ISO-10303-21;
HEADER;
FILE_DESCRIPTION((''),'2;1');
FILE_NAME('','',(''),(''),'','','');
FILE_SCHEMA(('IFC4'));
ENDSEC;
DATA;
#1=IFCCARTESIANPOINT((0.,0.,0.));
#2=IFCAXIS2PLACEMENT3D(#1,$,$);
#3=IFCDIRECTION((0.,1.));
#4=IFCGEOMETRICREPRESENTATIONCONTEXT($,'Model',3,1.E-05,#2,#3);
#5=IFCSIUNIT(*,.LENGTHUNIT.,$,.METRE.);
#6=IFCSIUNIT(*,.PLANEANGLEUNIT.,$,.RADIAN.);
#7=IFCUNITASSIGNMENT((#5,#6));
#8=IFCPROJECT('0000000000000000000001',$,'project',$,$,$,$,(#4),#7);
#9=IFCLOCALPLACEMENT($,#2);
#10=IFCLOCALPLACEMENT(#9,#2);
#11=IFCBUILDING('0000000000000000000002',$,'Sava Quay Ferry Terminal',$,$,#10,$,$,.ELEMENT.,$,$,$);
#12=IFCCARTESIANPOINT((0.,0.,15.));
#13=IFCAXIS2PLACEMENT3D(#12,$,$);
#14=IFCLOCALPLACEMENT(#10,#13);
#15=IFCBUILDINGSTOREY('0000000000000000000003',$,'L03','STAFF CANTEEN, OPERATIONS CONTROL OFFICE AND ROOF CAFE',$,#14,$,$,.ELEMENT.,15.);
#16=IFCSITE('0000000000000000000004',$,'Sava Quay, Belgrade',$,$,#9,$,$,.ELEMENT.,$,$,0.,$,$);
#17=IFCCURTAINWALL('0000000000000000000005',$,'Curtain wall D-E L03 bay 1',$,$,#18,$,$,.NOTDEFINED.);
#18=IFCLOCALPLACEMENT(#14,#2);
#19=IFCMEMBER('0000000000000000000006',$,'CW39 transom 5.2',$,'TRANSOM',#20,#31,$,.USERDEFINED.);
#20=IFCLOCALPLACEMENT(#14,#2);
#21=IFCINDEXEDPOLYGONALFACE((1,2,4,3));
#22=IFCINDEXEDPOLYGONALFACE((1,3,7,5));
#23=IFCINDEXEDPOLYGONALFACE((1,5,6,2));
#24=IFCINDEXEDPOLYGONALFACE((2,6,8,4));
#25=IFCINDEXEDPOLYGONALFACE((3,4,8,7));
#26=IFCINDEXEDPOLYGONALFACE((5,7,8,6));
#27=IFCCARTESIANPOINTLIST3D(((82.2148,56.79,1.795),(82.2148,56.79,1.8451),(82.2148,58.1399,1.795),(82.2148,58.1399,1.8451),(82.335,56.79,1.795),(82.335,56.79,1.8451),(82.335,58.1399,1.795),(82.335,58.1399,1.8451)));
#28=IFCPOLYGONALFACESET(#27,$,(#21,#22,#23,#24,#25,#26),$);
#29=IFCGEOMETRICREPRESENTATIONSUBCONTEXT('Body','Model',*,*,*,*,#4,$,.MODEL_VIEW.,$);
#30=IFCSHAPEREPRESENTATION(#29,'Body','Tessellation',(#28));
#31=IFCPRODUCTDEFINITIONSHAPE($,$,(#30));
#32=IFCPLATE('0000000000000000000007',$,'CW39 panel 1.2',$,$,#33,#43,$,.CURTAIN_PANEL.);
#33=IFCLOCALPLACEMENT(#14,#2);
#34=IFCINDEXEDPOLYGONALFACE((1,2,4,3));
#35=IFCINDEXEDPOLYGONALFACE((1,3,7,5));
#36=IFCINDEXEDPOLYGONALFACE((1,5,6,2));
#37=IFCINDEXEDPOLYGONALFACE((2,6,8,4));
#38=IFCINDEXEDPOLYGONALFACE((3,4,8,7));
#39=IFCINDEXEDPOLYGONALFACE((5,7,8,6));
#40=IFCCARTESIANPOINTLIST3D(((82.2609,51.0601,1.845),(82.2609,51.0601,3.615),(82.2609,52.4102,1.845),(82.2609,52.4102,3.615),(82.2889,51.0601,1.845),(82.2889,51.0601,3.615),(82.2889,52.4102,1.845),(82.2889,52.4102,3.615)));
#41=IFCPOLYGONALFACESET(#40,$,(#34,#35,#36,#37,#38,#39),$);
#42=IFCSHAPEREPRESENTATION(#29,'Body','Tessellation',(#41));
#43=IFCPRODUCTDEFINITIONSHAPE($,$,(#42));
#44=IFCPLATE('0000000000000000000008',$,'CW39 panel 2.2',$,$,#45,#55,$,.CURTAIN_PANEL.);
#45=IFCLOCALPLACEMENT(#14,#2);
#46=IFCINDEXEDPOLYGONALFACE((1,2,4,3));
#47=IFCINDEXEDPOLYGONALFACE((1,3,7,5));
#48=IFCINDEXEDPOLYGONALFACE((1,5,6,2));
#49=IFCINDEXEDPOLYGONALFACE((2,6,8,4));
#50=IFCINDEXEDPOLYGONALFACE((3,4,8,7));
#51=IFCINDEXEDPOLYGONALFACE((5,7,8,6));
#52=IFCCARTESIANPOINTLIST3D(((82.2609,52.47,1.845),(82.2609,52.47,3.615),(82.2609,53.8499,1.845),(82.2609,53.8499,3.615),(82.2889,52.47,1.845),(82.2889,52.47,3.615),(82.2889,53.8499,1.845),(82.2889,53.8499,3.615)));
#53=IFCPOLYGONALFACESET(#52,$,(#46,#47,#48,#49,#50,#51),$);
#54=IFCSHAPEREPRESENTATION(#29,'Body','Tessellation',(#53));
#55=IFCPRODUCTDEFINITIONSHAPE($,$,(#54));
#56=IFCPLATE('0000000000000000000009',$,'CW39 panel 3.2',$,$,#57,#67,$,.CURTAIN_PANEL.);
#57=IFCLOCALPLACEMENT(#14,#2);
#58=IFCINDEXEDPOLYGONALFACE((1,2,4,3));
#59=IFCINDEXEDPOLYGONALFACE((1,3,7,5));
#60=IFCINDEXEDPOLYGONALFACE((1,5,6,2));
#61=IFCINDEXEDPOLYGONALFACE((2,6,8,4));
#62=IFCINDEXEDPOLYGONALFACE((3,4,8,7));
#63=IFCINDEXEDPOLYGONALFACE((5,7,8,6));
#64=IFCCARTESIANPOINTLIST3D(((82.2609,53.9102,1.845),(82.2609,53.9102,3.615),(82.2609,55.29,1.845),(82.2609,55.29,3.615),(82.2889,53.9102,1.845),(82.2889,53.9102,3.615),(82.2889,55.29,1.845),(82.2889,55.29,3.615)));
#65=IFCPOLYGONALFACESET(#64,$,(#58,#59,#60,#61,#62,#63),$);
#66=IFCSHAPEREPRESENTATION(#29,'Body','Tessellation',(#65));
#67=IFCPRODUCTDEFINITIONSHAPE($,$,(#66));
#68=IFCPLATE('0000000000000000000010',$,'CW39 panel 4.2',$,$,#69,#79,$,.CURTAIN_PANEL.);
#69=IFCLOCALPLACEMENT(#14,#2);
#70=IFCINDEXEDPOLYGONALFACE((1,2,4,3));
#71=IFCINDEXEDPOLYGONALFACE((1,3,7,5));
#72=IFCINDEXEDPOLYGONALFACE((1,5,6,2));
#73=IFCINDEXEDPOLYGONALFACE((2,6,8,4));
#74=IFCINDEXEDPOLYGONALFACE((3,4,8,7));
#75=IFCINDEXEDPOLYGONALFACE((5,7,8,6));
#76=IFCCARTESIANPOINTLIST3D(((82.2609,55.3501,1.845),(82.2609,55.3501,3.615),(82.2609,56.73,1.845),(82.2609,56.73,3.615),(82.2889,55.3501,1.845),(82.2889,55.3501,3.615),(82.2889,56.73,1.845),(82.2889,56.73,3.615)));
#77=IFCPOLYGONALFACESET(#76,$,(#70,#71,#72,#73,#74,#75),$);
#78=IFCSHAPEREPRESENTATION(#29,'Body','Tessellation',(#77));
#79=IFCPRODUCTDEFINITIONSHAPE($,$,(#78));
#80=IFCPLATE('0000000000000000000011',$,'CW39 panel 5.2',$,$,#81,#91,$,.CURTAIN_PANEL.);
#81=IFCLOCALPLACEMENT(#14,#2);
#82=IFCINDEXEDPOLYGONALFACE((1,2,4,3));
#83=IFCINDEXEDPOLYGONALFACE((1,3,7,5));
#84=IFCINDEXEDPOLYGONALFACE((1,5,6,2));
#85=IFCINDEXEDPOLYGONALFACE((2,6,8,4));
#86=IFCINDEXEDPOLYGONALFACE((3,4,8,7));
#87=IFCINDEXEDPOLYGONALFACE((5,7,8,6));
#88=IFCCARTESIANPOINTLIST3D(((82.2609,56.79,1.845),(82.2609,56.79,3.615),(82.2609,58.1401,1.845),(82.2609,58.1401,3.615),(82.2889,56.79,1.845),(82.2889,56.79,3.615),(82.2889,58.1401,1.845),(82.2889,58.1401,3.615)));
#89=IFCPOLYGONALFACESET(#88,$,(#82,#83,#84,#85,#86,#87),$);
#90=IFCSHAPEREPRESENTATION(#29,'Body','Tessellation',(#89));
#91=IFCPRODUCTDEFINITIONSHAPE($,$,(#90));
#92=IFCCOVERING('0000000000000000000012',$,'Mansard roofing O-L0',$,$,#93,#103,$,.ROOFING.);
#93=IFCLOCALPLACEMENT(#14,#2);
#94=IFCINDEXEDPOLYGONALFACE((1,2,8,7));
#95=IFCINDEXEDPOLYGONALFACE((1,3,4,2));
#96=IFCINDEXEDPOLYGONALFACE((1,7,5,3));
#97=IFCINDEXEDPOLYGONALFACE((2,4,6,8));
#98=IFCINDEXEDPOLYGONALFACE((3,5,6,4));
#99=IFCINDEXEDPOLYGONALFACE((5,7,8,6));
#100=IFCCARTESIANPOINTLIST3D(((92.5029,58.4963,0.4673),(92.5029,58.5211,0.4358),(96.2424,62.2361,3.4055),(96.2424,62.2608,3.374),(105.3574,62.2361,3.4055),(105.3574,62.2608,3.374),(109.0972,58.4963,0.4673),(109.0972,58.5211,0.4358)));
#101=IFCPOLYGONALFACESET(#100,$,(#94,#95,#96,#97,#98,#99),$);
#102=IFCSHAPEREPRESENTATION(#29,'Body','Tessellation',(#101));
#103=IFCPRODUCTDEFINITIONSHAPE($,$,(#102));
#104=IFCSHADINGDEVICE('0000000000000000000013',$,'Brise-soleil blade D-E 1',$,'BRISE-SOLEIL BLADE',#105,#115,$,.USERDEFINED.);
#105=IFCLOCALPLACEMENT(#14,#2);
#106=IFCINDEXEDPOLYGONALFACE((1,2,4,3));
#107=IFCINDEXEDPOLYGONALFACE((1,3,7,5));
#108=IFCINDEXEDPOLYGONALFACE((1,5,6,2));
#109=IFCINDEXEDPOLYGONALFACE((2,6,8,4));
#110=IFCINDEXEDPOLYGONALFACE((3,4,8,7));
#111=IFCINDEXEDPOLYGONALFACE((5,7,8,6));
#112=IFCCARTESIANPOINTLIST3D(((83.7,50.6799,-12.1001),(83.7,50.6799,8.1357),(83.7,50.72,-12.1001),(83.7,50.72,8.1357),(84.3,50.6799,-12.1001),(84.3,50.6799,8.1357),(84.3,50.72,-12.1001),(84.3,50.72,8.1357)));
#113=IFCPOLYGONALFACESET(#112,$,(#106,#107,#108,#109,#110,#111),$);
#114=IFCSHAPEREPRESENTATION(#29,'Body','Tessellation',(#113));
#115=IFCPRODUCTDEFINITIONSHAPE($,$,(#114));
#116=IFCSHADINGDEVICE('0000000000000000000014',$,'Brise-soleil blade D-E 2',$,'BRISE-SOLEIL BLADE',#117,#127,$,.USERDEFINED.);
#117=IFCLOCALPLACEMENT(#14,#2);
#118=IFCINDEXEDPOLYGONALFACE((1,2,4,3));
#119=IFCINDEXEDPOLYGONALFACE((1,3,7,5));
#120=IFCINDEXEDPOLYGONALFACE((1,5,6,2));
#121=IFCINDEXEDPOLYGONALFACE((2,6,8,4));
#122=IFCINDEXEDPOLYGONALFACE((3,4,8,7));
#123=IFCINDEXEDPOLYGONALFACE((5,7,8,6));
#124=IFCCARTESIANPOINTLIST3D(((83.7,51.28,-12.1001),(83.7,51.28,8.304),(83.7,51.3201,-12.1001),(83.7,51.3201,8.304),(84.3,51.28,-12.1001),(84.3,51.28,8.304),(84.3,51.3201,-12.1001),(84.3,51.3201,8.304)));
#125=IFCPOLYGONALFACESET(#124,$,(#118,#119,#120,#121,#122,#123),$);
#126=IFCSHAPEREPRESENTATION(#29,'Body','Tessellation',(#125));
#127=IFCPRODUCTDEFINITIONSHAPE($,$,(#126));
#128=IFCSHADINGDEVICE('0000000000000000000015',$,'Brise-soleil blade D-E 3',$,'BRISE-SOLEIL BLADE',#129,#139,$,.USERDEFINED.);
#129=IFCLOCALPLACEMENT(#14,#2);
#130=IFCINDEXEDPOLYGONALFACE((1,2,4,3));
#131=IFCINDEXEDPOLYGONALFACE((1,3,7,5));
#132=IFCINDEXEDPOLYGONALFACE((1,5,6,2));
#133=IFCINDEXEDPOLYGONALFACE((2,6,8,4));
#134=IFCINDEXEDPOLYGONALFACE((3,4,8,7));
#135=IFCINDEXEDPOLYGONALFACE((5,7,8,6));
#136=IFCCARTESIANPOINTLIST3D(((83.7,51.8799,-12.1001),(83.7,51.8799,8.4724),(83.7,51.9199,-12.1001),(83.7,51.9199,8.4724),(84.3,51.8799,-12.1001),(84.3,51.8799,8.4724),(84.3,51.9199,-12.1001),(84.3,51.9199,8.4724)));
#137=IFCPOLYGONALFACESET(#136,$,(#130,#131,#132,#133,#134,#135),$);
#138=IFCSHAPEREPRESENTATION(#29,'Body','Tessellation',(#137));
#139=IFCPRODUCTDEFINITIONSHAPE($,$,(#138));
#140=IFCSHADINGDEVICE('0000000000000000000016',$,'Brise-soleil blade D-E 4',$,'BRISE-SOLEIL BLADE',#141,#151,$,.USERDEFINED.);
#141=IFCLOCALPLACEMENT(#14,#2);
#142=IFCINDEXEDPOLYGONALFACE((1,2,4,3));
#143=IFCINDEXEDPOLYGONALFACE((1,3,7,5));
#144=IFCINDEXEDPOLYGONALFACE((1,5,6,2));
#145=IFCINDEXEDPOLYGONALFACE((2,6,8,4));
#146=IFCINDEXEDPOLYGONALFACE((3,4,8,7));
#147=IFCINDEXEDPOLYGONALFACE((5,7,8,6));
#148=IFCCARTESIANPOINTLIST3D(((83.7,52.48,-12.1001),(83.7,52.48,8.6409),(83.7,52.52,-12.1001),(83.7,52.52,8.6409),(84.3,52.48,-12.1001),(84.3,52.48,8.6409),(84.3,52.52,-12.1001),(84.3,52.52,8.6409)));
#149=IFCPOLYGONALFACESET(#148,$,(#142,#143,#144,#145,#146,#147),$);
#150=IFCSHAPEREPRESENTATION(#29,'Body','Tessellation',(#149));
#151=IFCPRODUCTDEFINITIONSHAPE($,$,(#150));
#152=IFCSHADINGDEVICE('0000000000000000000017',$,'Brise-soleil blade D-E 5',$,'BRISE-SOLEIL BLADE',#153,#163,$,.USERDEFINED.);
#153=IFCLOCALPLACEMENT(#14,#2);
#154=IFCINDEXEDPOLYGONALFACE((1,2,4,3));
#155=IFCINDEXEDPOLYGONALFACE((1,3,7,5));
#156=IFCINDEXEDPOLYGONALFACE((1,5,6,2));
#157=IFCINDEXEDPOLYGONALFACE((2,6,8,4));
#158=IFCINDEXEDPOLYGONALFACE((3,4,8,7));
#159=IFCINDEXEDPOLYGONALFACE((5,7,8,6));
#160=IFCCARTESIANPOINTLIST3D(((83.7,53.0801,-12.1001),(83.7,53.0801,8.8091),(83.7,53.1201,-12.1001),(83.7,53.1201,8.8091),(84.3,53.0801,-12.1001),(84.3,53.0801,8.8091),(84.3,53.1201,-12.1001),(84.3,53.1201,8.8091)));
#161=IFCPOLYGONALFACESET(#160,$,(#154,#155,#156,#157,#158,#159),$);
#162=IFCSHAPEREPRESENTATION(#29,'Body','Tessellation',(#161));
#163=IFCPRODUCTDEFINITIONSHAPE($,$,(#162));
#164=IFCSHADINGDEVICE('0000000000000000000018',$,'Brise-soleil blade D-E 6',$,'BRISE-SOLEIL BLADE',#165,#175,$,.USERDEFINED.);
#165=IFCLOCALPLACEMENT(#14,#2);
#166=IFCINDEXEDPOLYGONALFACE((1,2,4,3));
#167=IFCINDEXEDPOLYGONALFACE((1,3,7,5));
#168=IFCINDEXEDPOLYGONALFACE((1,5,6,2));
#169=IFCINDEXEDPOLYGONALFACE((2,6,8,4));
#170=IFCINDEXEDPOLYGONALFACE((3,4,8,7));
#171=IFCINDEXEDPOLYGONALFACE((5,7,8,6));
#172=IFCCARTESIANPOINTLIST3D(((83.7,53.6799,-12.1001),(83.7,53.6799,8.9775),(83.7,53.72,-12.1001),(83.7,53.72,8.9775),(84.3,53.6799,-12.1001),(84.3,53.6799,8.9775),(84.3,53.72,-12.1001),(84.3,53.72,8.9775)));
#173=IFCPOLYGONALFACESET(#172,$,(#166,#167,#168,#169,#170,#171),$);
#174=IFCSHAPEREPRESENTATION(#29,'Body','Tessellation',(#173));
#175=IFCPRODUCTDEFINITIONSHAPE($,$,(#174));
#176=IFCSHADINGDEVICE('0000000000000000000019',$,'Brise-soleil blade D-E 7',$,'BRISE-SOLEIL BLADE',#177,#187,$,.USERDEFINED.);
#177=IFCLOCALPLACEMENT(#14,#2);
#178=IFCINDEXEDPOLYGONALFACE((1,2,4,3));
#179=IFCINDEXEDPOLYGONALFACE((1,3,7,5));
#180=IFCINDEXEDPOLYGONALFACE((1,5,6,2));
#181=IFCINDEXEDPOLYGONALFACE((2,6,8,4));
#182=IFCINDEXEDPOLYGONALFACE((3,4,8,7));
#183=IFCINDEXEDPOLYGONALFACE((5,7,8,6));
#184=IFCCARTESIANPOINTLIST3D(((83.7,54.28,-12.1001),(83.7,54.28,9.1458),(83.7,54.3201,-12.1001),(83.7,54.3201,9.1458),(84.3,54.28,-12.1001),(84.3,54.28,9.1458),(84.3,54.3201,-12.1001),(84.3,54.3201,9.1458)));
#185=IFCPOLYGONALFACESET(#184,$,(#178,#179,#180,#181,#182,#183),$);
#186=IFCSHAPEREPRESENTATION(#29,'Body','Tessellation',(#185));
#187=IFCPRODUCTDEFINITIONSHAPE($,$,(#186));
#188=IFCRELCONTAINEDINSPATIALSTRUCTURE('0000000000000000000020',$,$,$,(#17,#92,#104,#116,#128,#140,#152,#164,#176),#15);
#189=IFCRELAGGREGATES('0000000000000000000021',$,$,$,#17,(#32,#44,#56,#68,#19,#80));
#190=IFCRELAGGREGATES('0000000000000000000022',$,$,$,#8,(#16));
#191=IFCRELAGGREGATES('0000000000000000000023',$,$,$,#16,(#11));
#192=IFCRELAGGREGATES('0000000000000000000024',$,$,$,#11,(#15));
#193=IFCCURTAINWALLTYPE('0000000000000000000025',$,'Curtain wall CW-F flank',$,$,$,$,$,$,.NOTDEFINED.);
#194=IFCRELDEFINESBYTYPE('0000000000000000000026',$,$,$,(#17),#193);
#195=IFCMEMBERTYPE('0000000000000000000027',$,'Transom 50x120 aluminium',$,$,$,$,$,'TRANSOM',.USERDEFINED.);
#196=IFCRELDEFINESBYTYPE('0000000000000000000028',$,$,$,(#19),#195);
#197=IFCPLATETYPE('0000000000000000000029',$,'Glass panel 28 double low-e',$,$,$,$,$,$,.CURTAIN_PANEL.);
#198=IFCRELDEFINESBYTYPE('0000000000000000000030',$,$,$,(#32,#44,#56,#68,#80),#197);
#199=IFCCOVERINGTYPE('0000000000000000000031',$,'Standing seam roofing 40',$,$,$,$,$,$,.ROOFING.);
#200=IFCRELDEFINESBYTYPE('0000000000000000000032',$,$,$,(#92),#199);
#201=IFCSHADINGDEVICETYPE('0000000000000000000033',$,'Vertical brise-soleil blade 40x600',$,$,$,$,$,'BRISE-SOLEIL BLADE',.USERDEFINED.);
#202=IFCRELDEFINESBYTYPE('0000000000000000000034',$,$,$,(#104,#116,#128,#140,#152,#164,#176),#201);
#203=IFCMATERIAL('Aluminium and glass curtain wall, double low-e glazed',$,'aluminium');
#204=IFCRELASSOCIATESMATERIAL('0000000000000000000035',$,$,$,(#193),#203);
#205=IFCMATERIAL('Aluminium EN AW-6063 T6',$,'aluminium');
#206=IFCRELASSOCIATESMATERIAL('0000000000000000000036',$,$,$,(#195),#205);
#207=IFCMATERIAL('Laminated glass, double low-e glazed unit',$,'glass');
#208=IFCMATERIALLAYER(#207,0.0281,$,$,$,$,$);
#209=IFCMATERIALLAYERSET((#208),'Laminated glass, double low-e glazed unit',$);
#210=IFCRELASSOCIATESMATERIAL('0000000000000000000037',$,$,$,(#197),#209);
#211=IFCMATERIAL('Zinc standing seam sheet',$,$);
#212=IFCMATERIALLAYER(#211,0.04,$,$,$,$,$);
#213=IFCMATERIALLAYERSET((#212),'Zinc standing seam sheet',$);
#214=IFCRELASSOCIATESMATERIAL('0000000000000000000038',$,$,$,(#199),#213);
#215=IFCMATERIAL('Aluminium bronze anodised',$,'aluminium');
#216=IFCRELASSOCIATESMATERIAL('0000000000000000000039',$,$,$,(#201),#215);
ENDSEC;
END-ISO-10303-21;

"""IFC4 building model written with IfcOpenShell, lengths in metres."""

from ifc_helpers import new_model, si_unit, direction, frame, origin, origin_2d, place, context, subcontext, project, spatial, polyline, rectangle, outline, extrude, material, layer, layer_set, material_profile, profile_set, type_object, element, aggregate, save


model = new_model("IFC4")

# Units and contexts
model_context = context("Model", 3, precision=1e-05, world=origin(), true_north=direction((0.0, 1.0)))
body_context = subcontext(model_context, "Body", "Model", "MODEL_VIEW")
ifc_project = project(units=[si_unit("LENGTHUNIT", "METRE"), si_unit("PLANEANGLEUNIT", "RADIAN")], contexts=[model_context])

# Site, building, storey
site_placement = place(None, origin())
site = spatial("IfcSite", under=ifc_project, at=site_placement, Name="Sava Quay, Belgrade", CompositionType="ELEMENT", RefElevation=0.0)
building_placement = place(site_placement, origin())
building = spatial("IfcBuilding", under=site, at=building_placement, Name="Sava Quay Ferry Terminal", CompositionType="ELEMENT")
storey_placement = place(building_placement, frame((0.0, 0.0, 15.0)))
storey = spatial("IfcBuildingStorey", under=building, at=storey_placement, Name="L03", Description="STAFF CANTEEN, OPERATIONS CONTROL OFFICE AND ROOF CAFE", CompositionType="ELEMENT", Elevation=15.0)

# Curtain wall, member, plates
ifc_material_1 = material(Name="Aluminium and glass curtain wall, double low-e glazed", Category="aluminium")
curtain_wall_type = type_object("IfcCurtainWallType", Name="Curtain wall CW-F flank", PredefinedType="NOTDEFINED", material=ifc_material_1)
curtain_wall_placement = place(storey_placement, origin())
curtain_wall = element("IfcCurtainWall", 1, at=curtain_wall_placement, inside=storey, type_object=curtain_wall_type, Name="Curtain wall D-E L03 bay 1", PredefinedType="NOTDEFINED")
ifc_material_2 = material(Name="Aluminium EN AW-6063 T6", Category="aluminium")
ifc_material_profile_1 = material_profile(ifc_material_2, rectangle(XDim=0.1201, YDim=0.05, at=origin_2d()), Name="Transom 50x120 aluminium")
ifc_profile_set_1 = profile_set([ifc_material_profile_1], Name="Aluminium EN AW-6063 T6")
member_type = type_object("IfcMemberType", Name="Transom 50x120 aluminium", ElementType="TRANSOM", PredefinedType="USERDEFINED", material=ifc_profile_set_1)
member_1_placement = place(storey_placement, frame((82.2749, 56.79, 1.8201), z_axis=(0.0, 1.0, 0.0), x_axis=(-1.0, 0.0, 0.0)))
member_1 = element("IfcMember", 2, at=member_1_placement, type_object=member_type, Name="CW39 transom 5.2", ObjectType="TRANSOM", PredefinedType="USERDEFINED", context=body_context, shape_type="SweptSolid", body=[
    extrude(rectangle(XDim=0.1201, YDim=0.05, at=origin_2d()), origin(), (0.0, 0.0, 1.0), 1.3499),
])
ifc_material_3 = material(Name="Laminated glass, double low-e glazed unit", Category="glass")
ifc_layer_1 = layer(ifc_material_3, 0.0281)
ifc_layer_set_1 = layer_set([ifc_layer_1], Name="Laminated glass, double low-e glazed unit")
plate_type = type_object("IfcPlateType", Name="Glass panel 28 double low-e", PredefinedType="CURTAIN_PANEL", material=ifc_layer_set_1)
plate_1_placement = place(storey_placement, frame((82.2749, 51.7351, 1.845), z_axis=(0.0, 0.0, 1.0), x_axis=(0.0, 1.0, 0.0)))
plate_1 = element("IfcPlate", 3, at=plate_1_placement, type_object=plate_type, Name="CW39 panel 1.2", PredefinedType="CURTAIN_PANEL", context=body_context, shape_type="SweptSolid", body=[
    extrude(rectangle(XDim=1.3501, YDim=0.0281, at=origin_2d()), origin(), (0.0, 0.0, 1.0), 1.77),
])
plate_2_placement = place(storey_placement, frame((82.2749, 53.1599, 1.845), z_axis=(0.0, 0.0, 1.0), x_axis=(0.0, 1.0, 0.0)))
plate_2 = element("IfcPlate", 4, at=plate_2_placement, type_object=plate_type, Name="CW39 panel 2.2", PredefinedType="CURTAIN_PANEL", context=body_context, shape_type="SweptSolid", body=[
    extrude(rectangle(XDim=1.3799, YDim=0.0281, at=origin_2d()), origin(), (0.0, 0.0, 1.0), 1.77),
])
plate_3_placement = place(storey_placement, frame((82.2749, 54.6001, 1.845), z_axis=(0.0, 0.0, 1.0), x_axis=(0.0, 1.0, 0.0)))
plate_3 = element("IfcPlate", 5, at=plate_3_placement, type_object=plate_type, Name="CW39 panel 3.2", PredefinedType="CURTAIN_PANEL", context=body_context, shape_type="SweptSolid", body=[
    extrude(rectangle(XDim=1.3799, YDim=0.0281, at=origin_2d()), origin(), (0.0, 0.0, 1.0), 1.77),
])
plate_4_placement = place(storey_placement, frame((82.2749, 56.04, 1.845), z_axis=(0.0, 0.0, 1.0), x_axis=(0.0, 1.0, 0.0)))
plate_4 = element("IfcPlate", 6, at=plate_4_placement, type_object=plate_type, Name="CW39 panel 4.2", PredefinedType="CURTAIN_PANEL", context=body_context, shape_type="SweptSolid", body=[
    extrude(rectangle(XDim=1.3799, YDim=0.0281, at=origin_2d()), origin(), (0.0, 0.0, 1.0), 1.77),
])
plate_5_placement = place(storey_placement, frame((82.2749, 57.4651, 1.845), z_axis=(0.0, 0.0, 1.0), x_axis=(0.0, 1.0, 0.0)))
plate_5 = element("IfcPlate", 7, at=plate_5_placement, type_object=plate_type, Name="CW39 panel 5.2", PredefinedType="CURTAIN_PANEL", context=body_context, shape_type="SweptSolid", body=[
    extrude(rectangle(XDim=1.3501, YDim=0.0281, at=origin_2d()), origin(), (0.0, 0.0, 1.0), 1.77),
])
aggregate(curtain_wall, [plate_1, plate_2, plate_3, plate_4, member_1, plate_5])

# Covering
ifc_material_4 = material(Name="Zinc standing seam sheet")
ifc_layer_2 = layer(ifc_material_4, 0.04)
ifc_layer_set_2 = layer_set([ifc_layer_2], Name="Zinc standing seam sheet")
covering_type = type_object("IfcCoveringType", Name="Standing seam roofing 40", PredefinedType="ROOFING", material=ifc_layer_set_2)
covering_placement = place(storey_placement, frame((92.5029, 58.4963, 0.4673), z_axis=(0.0, -0.617803, 0.786333), x_axis=(0.618097, 0.618137, 0.485656)))
element("IfcCovering", 8, at=covering_placement, inside=storey, type_object=covering_type, Name="Mansard roofing O-L0", PredefinedType="ROOFING", context=body_context, shape_type="SweptSolid", body=[
    extrude(outline(polyline([(0.0, 0.0), (6.05, 0.0), (11.684, -7.1653), (10.2569, -13.0448), (0.0, 0.0)])), origin(), (0.0, 0.0, -1.0), 0.04),
])

# Shading devices
ifc_material_5 = material(Name="Aluminium bronze anodised", Category="aluminium")
ifc_material_profile_2 = material_profile(ifc_material_5, rectangle(XDim=0.04, YDim=0.6001, at=origin_2d()), Name="Vertical brise-soleil blade 40x600")
ifc_profile_set_2 = profile_set([ifc_material_profile_2], Name="Aluminium bronze anodised")
shading_device_type = type_object("IfcShadingDeviceType", Name="Vertical brise-soleil blade 40x600", ElementType="BRISE-SOLEIL BLADE", PredefinedType="USERDEFINED", material=ifc_profile_set_2)
shading_device_1_placement = place(storey_placement, frame((84.0, 50.7, -12.1001), z_axis=(0.0, 0.0, 1.0), x_axis=(0.0, 1.0, 0.0)))
element("IfcShadingDevice", 9, at=shading_device_1_placement, inside=storey, type_object=shading_device_type, Name="Brise-soleil blade D-E 1", ObjectType="BRISE-SOLEIL BLADE", PredefinedType="USERDEFINED", context=body_context, shape_type="SweptSolid", body=[
    extrude(rectangle(XDim=0.04, YDim=0.6001, at=origin_2d()), origin(), (0.0, 0.0, 1.0), 20.2358),
])
shading_device_2_placement = place(storey_placement, frame((84.0, 51.3, -12.1001), z_axis=(0.0, 0.0, 1.0), x_axis=(0.0, 1.0, 0.0)))
element("IfcShadingDevice", 10, at=shading_device_2_placement, inside=storey, type_object=shading_device_type, Name="Brise-soleil blade D-E 2", ObjectType="BRISE-SOLEIL BLADE", PredefinedType="USERDEFINED", context=body_context, shape_type="SweptSolid", body=[
    extrude(rectangle(XDim=0.04, YDim=0.6001, at=origin_2d()), origin(), (0.0, 0.0, 1.0), 20.4041),
])
shading_device_3_placement = place(storey_placement, frame((84.0, 51.8999, -12.1001), z_axis=(0.0, 0.0, 1.0), x_axis=(0.0, 1.0, 0.0)))
element("IfcShadingDevice", 11, at=shading_device_3_placement, inside=storey, type_object=shading_device_type, Name="Brise-soleil blade D-E 3", ObjectType="BRISE-SOLEIL BLADE", PredefinedType="USERDEFINED", context=body_context, shape_type="SweptSolid", body=[
    extrude(rectangle(XDim=0.04, YDim=0.6001, at=origin_2d()), origin(), (0.0, 0.0, 1.0), 20.5725),
])
shading_device_4_placement = place(storey_placement, frame((84.0, 52.5, -12.1001), z_axis=(0.0, 0.0, 1.0), x_axis=(0.0, 1.0, 0.0)))
element("IfcShadingDevice", 12, at=shading_device_4_placement, inside=storey, type_object=shading_device_type, Name="Brise-soleil blade D-E 4", ObjectType="BRISE-SOLEIL BLADE", PredefinedType="USERDEFINED", context=body_context, shape_type="SweptSolid", body=[
    extrude(rectangle(XDim=0.04, YDim=0.6001, at=origin_2d()), origin(), (0.0, 0.0, 1.0), 20.741),
])
shading_device_5_placement = place(storey_placement, frame((84.0, 53.1001, -12.1001), z_axis=(0.0, 0.0, 1.0), x_axis=(0.0, 1.0, 0.0)))
element("IfcShadingDevice", 13, at=shading_device_5_placement, inside=storey, type_object=shading_device_type, Name="Brise-soleil blade D-E 5", ObjectType="BRISE-SOLEIL BLADE", PredefinedType="USERDEFINED", context=body_context, shape_type="SweptSolid", body=[
    extrude(rectangle(XDim=0.04, YDim=0.6001, at=origin_2d()), origin(), (0.0, 0.0, 1.0), 20.9092),
])
shading_device_6_placement = place(storey_placement, frame((84.0, 53.7, -12.1001), z_axis=(0.0, 0.0, 1.0), x_axis=(0.0, 1.0, 0.0)))
element("IfcShadingDevice", 14, at=shading_device_6_placement, inside=storey, type_object=shading_device_type, Name="Brise-soleil blade D-E 6", ObjectType="BRISE-SOLEIL BLADE", PredefinedType="USERDEFINED", context=body_context, shape_type="SweptSolid", body=[
    extrude(rectangle(XDim=0.04, YDim=0.6001, at=origin_2d()), origin(), (0.0, 0.0, 1.0), 21.0776),
])
shading_device_7_placement = place(storey_placement, frame((84.0, 54.3, -12.1001), z_axis=(0.0, 0.0, 1.0), x_axis=(0.0, 1.0, 0.0)))
element("IfcShadingDevice", 15, at=shading_device_7_placement, inside=storey, type_object=shading_device_type, Name="Brise-soleil blade D-E 7", ObjectType="BRISE-SOLEIL BLADE", PredefinedType="USERDEFINED", context=body_context, shape_type="SweptSolid", body=[
    extrude(rectangle(XDim=0.04, YDim=0.6001, at=origin_2d()), origin(), (0.0, 0.0, 1.0), 21.2458),
])

save(model, "model.ifc")
